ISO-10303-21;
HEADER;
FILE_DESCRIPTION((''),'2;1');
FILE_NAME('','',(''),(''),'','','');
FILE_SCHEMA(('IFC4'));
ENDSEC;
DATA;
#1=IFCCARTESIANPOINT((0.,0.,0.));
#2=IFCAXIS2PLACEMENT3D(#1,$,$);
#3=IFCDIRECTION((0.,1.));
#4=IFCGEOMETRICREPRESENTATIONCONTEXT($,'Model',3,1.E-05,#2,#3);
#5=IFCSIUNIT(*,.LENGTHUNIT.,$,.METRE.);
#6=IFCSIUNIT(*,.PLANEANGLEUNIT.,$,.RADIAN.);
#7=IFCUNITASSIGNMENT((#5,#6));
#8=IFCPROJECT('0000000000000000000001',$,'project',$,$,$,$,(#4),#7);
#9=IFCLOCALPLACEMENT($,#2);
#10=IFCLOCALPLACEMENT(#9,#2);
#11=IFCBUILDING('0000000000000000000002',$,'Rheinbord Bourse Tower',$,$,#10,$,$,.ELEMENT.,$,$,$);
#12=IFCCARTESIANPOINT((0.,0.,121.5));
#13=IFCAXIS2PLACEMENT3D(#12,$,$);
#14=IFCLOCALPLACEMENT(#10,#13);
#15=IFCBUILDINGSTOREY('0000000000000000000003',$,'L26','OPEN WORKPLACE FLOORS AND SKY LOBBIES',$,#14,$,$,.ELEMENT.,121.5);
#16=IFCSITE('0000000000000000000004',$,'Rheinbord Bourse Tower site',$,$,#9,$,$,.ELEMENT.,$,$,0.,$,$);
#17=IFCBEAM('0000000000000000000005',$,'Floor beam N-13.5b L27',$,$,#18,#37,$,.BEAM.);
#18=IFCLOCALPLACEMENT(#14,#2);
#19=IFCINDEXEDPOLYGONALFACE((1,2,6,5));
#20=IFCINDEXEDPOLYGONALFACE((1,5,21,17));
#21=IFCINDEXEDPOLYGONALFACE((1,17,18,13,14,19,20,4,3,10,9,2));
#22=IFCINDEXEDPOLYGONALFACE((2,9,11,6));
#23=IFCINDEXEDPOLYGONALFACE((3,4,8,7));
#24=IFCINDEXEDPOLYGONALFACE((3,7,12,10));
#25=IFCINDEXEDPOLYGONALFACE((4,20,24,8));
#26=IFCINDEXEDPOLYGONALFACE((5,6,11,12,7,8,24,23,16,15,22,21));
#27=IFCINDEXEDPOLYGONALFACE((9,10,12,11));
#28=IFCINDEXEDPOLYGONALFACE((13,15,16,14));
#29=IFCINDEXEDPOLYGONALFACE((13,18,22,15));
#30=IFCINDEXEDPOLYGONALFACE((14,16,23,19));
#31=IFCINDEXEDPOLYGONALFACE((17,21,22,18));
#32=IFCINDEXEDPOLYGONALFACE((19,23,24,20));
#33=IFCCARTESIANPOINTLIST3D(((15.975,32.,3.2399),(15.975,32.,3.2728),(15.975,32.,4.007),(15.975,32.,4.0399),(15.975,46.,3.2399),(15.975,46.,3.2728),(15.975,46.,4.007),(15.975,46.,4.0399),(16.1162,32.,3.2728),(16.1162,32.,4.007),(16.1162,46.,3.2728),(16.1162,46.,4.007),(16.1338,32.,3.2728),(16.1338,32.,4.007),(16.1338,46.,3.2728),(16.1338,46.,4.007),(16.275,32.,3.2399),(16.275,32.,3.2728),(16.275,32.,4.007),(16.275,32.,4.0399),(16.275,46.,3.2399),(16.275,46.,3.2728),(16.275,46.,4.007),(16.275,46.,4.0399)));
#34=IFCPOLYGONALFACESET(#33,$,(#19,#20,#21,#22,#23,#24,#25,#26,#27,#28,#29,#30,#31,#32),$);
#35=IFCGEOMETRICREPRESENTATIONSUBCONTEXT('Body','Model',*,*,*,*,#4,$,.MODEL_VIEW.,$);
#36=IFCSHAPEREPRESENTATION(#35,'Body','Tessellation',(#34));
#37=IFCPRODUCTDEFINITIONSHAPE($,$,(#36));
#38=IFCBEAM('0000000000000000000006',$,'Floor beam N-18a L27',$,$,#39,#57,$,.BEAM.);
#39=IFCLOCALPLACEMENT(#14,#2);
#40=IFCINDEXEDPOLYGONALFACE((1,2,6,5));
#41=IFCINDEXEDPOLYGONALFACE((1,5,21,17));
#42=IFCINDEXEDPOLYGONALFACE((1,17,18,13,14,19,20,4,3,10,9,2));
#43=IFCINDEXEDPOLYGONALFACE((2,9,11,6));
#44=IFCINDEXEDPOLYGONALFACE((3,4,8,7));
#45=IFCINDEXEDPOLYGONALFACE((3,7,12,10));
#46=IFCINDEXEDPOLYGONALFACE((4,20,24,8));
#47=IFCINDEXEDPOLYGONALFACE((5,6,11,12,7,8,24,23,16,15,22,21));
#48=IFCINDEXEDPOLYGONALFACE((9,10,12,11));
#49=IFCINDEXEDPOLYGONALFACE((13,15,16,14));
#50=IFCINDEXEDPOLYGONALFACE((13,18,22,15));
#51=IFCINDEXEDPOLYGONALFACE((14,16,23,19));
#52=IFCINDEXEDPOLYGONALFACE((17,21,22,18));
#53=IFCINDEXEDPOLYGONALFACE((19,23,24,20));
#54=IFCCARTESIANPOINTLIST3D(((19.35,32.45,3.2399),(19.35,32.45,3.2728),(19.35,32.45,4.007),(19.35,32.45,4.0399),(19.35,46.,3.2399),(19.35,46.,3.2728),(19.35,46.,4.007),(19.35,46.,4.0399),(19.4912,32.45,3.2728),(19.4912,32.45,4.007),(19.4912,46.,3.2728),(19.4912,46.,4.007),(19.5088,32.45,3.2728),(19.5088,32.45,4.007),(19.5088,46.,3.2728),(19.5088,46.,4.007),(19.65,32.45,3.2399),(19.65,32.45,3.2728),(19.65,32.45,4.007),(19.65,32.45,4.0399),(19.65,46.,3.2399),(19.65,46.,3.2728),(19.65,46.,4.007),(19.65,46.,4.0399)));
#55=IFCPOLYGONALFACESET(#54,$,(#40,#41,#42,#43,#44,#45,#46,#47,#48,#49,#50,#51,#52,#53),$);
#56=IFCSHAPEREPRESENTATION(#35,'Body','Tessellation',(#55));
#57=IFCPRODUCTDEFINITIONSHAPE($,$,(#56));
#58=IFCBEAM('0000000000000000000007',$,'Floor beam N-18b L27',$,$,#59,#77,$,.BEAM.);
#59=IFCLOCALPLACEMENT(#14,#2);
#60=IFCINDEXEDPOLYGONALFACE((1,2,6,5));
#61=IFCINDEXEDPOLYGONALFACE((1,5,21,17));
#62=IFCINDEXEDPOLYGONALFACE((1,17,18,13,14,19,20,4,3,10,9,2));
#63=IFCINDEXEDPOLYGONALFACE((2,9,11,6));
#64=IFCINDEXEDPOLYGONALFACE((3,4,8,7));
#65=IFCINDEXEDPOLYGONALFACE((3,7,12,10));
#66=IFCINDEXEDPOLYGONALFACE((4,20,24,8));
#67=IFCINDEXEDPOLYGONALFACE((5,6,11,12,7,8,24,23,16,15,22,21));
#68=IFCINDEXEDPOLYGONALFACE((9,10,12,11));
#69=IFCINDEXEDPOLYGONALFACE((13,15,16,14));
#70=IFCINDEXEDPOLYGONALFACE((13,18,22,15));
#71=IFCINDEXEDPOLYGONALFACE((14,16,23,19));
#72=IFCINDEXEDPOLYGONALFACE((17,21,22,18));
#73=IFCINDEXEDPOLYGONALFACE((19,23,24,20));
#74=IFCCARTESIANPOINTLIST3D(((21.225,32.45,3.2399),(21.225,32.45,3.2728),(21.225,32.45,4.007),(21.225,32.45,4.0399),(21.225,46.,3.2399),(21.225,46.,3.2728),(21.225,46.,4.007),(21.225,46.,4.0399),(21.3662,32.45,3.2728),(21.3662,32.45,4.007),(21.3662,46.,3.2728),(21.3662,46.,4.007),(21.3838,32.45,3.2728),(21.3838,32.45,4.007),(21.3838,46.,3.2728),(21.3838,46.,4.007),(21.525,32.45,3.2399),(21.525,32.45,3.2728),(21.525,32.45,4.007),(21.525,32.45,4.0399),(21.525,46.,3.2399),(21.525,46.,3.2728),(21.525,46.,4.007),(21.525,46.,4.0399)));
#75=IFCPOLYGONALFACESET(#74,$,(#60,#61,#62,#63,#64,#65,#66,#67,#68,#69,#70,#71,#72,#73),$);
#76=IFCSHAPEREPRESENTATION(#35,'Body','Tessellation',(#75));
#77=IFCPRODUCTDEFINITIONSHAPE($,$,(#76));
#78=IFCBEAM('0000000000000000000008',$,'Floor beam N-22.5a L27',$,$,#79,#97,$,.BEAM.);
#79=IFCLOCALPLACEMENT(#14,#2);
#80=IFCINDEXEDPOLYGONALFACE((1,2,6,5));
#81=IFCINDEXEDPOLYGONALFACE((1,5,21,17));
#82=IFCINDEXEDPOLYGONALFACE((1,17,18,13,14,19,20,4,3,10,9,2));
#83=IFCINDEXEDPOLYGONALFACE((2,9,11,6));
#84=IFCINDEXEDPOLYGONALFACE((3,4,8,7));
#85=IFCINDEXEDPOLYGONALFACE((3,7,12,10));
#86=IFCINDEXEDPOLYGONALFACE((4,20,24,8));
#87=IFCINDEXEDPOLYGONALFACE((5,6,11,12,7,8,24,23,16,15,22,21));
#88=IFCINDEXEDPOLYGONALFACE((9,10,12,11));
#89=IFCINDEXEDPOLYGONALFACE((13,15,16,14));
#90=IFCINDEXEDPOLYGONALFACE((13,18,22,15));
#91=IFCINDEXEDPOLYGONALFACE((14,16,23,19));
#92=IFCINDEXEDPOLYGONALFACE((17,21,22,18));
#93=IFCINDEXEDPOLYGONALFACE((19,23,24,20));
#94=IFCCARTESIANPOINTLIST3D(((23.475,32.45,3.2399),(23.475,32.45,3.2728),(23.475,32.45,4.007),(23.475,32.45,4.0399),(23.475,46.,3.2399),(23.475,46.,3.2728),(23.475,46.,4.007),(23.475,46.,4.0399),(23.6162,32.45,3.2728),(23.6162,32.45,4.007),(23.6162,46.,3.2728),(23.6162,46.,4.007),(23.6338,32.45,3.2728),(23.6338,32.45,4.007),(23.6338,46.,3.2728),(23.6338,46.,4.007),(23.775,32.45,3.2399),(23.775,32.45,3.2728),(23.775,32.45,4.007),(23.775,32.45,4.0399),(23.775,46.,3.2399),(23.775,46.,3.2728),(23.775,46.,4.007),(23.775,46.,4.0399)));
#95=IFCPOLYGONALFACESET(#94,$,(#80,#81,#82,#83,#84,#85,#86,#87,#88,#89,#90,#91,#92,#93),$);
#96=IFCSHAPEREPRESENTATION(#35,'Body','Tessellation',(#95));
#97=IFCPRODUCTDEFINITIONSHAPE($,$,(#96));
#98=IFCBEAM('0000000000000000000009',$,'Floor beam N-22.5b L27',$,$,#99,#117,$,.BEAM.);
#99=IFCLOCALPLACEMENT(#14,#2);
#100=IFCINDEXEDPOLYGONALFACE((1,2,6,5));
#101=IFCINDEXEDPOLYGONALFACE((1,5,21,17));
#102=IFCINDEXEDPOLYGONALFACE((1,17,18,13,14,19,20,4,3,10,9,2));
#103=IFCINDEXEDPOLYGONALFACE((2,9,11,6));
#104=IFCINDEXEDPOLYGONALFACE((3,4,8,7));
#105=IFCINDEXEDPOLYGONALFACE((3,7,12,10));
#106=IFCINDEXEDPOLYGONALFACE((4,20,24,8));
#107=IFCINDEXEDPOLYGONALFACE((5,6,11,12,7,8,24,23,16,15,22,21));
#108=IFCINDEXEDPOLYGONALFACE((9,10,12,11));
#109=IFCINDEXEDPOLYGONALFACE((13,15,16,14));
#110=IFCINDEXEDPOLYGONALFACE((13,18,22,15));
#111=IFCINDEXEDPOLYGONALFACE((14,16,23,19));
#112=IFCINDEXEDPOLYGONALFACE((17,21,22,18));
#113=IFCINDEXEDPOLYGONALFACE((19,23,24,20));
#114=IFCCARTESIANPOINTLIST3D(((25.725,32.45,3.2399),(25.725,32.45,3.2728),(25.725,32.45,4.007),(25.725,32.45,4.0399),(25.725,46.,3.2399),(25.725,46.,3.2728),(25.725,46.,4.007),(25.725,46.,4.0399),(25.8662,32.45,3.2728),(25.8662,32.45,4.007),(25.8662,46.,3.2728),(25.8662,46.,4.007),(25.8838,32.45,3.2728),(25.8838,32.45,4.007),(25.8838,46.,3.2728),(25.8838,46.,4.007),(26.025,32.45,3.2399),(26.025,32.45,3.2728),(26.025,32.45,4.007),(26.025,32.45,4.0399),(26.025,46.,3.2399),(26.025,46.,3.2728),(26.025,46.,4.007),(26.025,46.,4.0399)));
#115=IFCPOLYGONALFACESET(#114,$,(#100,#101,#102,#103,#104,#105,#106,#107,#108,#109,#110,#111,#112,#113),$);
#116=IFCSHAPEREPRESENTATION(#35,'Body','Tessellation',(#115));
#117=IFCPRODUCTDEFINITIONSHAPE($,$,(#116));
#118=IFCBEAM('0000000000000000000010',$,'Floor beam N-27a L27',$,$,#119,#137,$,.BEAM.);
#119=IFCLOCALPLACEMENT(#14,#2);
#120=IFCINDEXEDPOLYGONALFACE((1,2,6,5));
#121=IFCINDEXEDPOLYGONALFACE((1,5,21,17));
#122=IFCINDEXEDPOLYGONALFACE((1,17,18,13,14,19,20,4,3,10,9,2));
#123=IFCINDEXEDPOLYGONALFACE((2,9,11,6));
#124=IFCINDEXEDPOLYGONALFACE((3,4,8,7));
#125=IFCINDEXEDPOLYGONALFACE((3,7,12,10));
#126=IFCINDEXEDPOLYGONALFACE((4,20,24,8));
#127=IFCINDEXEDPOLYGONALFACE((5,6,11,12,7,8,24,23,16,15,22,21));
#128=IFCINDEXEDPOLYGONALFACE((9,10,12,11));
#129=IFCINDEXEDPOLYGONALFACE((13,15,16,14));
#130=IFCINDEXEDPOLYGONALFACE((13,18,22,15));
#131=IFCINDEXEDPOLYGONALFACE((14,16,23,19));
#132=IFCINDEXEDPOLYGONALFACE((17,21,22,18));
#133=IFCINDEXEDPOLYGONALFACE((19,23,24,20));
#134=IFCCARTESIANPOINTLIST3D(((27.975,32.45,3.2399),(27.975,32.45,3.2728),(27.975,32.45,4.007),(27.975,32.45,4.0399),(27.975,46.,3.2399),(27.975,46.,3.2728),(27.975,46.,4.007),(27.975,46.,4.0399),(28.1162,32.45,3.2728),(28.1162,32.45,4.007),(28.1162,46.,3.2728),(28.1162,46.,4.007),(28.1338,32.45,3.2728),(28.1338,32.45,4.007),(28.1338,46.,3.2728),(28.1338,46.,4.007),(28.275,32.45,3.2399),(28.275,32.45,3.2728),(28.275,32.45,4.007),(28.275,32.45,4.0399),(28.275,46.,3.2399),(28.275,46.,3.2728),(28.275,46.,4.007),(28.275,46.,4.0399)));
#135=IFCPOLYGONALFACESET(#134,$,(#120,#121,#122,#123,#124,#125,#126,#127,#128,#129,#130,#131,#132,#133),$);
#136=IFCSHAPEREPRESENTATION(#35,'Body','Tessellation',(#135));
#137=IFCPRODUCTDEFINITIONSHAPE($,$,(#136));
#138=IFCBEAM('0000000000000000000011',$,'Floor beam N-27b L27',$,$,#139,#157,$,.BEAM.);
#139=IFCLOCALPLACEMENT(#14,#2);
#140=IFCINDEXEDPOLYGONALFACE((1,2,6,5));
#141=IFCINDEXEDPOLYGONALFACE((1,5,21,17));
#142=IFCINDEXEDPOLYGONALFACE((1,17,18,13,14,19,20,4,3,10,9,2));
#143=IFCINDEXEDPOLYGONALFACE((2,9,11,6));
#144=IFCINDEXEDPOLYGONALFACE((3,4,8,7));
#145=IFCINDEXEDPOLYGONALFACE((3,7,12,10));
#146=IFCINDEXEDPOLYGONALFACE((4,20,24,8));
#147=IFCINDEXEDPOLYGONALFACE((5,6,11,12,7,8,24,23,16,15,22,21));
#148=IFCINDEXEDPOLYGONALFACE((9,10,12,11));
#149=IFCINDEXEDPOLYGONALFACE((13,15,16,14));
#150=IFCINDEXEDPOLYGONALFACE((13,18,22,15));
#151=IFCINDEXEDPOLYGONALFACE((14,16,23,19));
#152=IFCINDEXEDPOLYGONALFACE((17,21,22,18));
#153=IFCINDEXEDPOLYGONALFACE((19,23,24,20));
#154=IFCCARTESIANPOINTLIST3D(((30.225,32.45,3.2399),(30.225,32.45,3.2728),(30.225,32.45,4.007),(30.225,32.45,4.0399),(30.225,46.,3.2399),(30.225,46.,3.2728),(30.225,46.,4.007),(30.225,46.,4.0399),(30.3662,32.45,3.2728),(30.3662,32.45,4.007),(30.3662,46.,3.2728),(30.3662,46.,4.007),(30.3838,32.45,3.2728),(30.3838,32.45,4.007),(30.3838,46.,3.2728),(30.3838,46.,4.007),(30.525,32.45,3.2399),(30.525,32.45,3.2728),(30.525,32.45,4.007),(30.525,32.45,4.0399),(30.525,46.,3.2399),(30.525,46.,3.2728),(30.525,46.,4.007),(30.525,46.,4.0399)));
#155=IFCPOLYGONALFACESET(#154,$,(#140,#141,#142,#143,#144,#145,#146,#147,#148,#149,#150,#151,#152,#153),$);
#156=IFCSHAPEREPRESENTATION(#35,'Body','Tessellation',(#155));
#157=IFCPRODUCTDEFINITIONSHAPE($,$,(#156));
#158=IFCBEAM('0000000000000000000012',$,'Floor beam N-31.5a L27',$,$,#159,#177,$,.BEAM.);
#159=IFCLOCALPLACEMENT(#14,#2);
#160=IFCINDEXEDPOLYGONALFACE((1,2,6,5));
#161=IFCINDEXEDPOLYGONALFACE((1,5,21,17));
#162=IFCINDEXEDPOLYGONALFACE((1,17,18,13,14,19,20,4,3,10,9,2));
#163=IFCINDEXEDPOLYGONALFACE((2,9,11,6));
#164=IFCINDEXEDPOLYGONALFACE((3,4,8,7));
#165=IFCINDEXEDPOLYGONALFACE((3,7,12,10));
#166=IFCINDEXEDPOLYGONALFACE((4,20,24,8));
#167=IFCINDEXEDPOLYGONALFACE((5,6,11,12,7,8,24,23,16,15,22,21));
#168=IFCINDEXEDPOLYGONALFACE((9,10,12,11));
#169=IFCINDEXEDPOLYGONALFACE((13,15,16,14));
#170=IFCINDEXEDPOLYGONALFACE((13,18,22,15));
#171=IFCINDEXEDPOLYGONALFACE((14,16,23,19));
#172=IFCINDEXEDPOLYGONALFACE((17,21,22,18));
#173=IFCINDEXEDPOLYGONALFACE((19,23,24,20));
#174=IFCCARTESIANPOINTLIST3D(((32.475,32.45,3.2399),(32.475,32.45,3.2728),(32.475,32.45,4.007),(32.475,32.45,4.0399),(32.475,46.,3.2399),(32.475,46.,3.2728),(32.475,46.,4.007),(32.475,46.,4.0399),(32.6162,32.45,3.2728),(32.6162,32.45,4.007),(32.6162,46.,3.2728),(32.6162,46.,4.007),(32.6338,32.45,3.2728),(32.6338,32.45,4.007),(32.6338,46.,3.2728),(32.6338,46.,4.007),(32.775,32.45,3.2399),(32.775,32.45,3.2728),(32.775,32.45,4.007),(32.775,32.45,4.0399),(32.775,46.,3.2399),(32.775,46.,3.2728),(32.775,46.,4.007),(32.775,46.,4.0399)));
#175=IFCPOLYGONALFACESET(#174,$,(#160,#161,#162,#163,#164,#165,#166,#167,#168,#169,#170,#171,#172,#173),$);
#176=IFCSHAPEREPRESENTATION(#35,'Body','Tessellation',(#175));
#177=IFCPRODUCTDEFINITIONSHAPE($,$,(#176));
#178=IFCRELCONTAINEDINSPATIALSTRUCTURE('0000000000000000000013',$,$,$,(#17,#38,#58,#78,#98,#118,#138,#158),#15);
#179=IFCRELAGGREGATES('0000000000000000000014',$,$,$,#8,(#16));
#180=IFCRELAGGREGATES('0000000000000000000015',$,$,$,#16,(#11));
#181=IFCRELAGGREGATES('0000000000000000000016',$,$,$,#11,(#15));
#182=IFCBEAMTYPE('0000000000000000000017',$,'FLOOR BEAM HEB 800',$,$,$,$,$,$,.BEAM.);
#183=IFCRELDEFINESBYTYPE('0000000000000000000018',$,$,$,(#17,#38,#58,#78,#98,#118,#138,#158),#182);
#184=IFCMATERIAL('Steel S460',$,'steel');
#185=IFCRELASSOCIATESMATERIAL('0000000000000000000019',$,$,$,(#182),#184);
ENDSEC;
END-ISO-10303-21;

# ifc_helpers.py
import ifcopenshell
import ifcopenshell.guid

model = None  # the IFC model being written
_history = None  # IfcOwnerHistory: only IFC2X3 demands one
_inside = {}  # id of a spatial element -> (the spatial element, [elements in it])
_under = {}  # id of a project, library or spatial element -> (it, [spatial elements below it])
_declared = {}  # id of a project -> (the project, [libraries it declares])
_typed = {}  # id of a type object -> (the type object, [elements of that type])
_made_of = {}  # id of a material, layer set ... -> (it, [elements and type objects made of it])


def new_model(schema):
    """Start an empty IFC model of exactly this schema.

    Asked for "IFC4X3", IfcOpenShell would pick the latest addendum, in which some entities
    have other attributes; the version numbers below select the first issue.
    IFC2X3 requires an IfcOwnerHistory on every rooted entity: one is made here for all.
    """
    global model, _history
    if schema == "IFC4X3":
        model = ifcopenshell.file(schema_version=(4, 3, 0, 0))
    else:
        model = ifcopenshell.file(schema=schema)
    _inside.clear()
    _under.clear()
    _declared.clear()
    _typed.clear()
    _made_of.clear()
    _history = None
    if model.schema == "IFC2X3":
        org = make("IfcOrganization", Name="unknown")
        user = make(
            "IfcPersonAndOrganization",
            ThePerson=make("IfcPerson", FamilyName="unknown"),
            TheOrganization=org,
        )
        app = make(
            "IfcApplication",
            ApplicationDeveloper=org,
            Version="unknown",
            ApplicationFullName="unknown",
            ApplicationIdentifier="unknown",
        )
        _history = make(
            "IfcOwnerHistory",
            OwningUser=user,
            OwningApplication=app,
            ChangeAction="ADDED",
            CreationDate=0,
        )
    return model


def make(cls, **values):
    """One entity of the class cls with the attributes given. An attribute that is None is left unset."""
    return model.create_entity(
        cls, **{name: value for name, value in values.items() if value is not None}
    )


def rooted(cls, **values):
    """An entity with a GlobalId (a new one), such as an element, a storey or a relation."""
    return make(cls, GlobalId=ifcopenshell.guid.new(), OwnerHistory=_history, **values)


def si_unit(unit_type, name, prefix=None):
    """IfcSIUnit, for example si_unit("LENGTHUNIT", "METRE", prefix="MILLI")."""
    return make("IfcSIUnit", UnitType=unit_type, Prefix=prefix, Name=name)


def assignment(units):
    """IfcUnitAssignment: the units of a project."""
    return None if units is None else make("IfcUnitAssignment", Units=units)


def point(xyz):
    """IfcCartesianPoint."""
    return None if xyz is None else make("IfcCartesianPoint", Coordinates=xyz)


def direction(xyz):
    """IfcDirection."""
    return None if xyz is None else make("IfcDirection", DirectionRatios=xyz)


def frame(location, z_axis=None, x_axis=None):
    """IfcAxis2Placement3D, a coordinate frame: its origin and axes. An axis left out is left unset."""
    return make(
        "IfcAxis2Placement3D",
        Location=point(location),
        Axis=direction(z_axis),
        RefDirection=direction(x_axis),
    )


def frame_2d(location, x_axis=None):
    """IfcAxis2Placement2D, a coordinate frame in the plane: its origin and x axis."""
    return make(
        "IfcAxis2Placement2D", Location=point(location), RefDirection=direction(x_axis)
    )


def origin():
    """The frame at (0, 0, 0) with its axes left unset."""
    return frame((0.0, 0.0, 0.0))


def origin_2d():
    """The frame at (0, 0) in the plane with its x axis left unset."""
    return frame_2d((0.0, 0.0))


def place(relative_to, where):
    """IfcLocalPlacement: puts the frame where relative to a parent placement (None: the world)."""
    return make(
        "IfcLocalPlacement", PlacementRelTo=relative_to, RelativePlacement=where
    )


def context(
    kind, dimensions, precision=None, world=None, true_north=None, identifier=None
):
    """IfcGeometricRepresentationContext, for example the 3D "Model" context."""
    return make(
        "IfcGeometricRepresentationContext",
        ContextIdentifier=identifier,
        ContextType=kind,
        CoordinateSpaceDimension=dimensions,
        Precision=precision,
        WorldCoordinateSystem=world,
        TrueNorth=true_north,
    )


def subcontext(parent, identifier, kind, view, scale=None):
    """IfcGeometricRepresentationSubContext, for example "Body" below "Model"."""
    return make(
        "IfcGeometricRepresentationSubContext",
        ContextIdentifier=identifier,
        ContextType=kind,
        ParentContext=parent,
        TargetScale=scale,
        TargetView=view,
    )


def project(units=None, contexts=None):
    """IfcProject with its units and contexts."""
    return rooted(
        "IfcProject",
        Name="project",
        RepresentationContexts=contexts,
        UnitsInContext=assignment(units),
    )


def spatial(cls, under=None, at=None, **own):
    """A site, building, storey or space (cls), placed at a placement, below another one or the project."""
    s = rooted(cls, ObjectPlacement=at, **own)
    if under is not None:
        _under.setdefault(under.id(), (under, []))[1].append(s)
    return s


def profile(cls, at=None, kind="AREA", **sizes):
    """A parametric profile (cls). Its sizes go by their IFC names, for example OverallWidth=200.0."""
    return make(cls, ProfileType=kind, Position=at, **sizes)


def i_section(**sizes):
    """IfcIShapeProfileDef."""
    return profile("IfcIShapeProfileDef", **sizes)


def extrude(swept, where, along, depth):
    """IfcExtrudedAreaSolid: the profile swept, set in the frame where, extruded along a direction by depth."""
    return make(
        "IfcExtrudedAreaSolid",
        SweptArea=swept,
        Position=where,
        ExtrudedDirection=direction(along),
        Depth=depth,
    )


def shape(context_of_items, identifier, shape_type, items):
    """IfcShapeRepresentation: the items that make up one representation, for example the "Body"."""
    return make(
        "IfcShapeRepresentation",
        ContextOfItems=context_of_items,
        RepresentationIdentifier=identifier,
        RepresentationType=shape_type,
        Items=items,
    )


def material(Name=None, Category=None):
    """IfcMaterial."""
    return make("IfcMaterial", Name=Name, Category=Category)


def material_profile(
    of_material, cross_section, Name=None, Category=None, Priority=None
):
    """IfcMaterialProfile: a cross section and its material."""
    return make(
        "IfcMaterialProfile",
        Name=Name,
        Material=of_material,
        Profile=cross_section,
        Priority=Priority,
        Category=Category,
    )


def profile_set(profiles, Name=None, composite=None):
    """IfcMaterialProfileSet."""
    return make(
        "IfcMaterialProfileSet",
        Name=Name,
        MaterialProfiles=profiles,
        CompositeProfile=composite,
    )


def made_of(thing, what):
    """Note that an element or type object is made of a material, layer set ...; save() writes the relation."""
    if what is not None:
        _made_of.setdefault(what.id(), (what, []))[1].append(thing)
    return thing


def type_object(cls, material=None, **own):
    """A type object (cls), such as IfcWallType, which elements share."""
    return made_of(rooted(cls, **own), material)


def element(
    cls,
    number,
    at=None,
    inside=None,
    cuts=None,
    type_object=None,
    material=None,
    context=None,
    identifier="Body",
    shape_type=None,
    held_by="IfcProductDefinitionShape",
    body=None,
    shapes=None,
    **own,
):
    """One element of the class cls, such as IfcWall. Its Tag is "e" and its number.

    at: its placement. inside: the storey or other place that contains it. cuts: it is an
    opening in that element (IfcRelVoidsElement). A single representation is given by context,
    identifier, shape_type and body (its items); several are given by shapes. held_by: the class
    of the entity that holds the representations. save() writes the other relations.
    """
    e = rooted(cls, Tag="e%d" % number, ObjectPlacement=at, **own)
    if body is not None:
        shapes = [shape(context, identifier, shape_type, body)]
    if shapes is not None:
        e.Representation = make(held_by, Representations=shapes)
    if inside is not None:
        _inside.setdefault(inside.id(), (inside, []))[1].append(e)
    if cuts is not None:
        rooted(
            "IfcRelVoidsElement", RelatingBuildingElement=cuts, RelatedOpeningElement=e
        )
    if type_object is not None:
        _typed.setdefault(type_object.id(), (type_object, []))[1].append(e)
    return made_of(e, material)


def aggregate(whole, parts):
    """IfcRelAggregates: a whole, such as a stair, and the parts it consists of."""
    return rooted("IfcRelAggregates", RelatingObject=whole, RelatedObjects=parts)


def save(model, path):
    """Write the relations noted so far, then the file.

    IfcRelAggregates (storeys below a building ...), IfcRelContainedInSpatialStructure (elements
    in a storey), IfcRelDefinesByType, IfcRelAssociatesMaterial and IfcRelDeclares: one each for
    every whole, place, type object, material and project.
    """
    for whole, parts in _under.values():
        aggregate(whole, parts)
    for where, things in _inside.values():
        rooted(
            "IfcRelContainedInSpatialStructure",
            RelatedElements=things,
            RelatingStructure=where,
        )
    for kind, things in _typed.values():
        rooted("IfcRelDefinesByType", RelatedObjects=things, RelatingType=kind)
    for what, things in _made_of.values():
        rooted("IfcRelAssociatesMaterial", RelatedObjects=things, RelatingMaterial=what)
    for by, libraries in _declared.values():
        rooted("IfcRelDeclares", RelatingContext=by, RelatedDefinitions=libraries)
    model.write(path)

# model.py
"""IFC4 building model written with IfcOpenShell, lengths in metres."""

from ifc_helpers import new_model, si_unit, direction, frame, origin, origin_2d, place, context, subcontext, project, spatial, i_section, extrude, material, material_profile, profile_set, type_object, element, save


model = new_model("IFC4")

# Units and contexts
model_context = context("Model", 3, precision=1e-05, world=origin(), true_north=direction((0.0, 1.0)))
body_context = subcontext(model_context, "Body", "Model", "MODEL_VIEW")
ifc_project = project(units=[si_unit("LENGTHUNIT", "METRE"), si_unit("PLANEANGLEUNIT", "RADIAN")], contexts=[model_context])

# Site, building, storey
site_placement = place(None, origin())
site = spatial("IfcSite", under=ifc_project, at=site_placement, Name="Rheinbord Bourse Tower site", CompositionType="ELEMENT", RefElevation=0.0)
building_placement = place(site_placement, origin())
building = spatial("IfcBuilding", under=site, at=building_placement, Name="Rheinbord Bourse Tower", CompositionType="ELEMENT")
storey_placement = place(building_placement, frame((0.0, 0.0, 121.5)))
storey = spatial("IfcBuildingStorey", under=building, at=storey_placement, Name="L26", Description="OPEN WORKPLACE FLOORS AND SKY LOBBIES", CompositionType="ELEMENT", Elevation=121.5)

# Beams
ifc_material_1 = material(Name="Steel S460", Category="steel")
ifc_material_profile_1 = material_profile(ifc_material_1, i_section(OverallWidth=0.3, OverallDepth=0.8, WebThickness=0.0176, FlangeThickness=0.033, at=origin_2d()), Name="HEB 800")
ifc_profile_set_1 = profile_set([ifc_material_profile_1], Name="Steel S460")
beam_type_1 = type_object("IfcBeamType", Name="FLOOR BEAM HEB 800", PredefinedType="BEAM", material=ifc_profile_set_1)
for number, where, z_axis, x_axis, name in (
    (1, (16.125, 46.0, 3.6399), (0.0, -1.0, 0.0), (1.0, 0.0, 0.0), "Floor beam N-13.5b L27"),
):
    element("IfcBeam", number, at=place(storey_placement, frame(where, z_axis=z_axis, x_axis=x_axis)), inside=storey, type_object=beam_type_1, Name=name, PredefinedType="BEAM", context=body_context, shape_type="SweptSolid", body=[
        extrude(i_section(OverallWidth=0.3, OverallDepth=0.8, WebThickness=0.0176, FlangeThickness=0.033, at=origin_2d()), origin(), (0.0, 0.0, 1.0), 14.0),
    ])
for number, where, z_axis, x_axis, name in (
    (2, (19.5, 46.0, 3.6399), (0.0, -1.0, 0.0), (1.0, 0.0, 0.0), "Floor beam N-18a L27"),
    (3, (21.375, 46.0, 3.6399), (0.0, -1.0, 0.0), (1.0, 0.0, 0.0), "Floor beam N-18b L27"),
    (4, (23.625, 46.0, 3.6399), (0.0, -1.0, 0.0), (1.0, 0.0, 0.0), "Floor beam N-22.5a L27"),
    (5, (25.875, 46.0, 3.6399), (0.0, -1.0, 0.0), (1.0, 0.0, 0.0), "Floor beam N-22.5b L27"),
    (6, (28.125, 46.0, 3.6399), (0.0, -1.0, 0.0), (1.0, 0.0, 0.0), "Floor beam N-27a L27"),
    (7, (30.375, 46.0, 3.6399), (0.0, -1.0, 0.0), (1.0, 0.0, 0.0), "Floor beam N-27b L27"),
    (8, (32.625, 46.0, 3.6399), (0.0, -1.0, 0.0), (1.0, 0.0, 0.0), "Floor beam N-31.5a L27"),
):
    element("IfcBeam", number, at=place(storey_placement, frame(where, z_axis=z_axis, x_axis=x_axis)), inside=storey, type_object=beam_type_1, Name=name, PredefinedType="BEAM", context=body_context, shape_type="SweptSolid", body=[
        extrude(i_section(OverallWidth=0.3, OverallDepth=0.8, WebThickness=0.0176, FlangeThickness=0.033, at=origin_2d()), origin(), (0.0, 0.0, 1.0), 13.55),
    ])

save(model, "model.ifc")
